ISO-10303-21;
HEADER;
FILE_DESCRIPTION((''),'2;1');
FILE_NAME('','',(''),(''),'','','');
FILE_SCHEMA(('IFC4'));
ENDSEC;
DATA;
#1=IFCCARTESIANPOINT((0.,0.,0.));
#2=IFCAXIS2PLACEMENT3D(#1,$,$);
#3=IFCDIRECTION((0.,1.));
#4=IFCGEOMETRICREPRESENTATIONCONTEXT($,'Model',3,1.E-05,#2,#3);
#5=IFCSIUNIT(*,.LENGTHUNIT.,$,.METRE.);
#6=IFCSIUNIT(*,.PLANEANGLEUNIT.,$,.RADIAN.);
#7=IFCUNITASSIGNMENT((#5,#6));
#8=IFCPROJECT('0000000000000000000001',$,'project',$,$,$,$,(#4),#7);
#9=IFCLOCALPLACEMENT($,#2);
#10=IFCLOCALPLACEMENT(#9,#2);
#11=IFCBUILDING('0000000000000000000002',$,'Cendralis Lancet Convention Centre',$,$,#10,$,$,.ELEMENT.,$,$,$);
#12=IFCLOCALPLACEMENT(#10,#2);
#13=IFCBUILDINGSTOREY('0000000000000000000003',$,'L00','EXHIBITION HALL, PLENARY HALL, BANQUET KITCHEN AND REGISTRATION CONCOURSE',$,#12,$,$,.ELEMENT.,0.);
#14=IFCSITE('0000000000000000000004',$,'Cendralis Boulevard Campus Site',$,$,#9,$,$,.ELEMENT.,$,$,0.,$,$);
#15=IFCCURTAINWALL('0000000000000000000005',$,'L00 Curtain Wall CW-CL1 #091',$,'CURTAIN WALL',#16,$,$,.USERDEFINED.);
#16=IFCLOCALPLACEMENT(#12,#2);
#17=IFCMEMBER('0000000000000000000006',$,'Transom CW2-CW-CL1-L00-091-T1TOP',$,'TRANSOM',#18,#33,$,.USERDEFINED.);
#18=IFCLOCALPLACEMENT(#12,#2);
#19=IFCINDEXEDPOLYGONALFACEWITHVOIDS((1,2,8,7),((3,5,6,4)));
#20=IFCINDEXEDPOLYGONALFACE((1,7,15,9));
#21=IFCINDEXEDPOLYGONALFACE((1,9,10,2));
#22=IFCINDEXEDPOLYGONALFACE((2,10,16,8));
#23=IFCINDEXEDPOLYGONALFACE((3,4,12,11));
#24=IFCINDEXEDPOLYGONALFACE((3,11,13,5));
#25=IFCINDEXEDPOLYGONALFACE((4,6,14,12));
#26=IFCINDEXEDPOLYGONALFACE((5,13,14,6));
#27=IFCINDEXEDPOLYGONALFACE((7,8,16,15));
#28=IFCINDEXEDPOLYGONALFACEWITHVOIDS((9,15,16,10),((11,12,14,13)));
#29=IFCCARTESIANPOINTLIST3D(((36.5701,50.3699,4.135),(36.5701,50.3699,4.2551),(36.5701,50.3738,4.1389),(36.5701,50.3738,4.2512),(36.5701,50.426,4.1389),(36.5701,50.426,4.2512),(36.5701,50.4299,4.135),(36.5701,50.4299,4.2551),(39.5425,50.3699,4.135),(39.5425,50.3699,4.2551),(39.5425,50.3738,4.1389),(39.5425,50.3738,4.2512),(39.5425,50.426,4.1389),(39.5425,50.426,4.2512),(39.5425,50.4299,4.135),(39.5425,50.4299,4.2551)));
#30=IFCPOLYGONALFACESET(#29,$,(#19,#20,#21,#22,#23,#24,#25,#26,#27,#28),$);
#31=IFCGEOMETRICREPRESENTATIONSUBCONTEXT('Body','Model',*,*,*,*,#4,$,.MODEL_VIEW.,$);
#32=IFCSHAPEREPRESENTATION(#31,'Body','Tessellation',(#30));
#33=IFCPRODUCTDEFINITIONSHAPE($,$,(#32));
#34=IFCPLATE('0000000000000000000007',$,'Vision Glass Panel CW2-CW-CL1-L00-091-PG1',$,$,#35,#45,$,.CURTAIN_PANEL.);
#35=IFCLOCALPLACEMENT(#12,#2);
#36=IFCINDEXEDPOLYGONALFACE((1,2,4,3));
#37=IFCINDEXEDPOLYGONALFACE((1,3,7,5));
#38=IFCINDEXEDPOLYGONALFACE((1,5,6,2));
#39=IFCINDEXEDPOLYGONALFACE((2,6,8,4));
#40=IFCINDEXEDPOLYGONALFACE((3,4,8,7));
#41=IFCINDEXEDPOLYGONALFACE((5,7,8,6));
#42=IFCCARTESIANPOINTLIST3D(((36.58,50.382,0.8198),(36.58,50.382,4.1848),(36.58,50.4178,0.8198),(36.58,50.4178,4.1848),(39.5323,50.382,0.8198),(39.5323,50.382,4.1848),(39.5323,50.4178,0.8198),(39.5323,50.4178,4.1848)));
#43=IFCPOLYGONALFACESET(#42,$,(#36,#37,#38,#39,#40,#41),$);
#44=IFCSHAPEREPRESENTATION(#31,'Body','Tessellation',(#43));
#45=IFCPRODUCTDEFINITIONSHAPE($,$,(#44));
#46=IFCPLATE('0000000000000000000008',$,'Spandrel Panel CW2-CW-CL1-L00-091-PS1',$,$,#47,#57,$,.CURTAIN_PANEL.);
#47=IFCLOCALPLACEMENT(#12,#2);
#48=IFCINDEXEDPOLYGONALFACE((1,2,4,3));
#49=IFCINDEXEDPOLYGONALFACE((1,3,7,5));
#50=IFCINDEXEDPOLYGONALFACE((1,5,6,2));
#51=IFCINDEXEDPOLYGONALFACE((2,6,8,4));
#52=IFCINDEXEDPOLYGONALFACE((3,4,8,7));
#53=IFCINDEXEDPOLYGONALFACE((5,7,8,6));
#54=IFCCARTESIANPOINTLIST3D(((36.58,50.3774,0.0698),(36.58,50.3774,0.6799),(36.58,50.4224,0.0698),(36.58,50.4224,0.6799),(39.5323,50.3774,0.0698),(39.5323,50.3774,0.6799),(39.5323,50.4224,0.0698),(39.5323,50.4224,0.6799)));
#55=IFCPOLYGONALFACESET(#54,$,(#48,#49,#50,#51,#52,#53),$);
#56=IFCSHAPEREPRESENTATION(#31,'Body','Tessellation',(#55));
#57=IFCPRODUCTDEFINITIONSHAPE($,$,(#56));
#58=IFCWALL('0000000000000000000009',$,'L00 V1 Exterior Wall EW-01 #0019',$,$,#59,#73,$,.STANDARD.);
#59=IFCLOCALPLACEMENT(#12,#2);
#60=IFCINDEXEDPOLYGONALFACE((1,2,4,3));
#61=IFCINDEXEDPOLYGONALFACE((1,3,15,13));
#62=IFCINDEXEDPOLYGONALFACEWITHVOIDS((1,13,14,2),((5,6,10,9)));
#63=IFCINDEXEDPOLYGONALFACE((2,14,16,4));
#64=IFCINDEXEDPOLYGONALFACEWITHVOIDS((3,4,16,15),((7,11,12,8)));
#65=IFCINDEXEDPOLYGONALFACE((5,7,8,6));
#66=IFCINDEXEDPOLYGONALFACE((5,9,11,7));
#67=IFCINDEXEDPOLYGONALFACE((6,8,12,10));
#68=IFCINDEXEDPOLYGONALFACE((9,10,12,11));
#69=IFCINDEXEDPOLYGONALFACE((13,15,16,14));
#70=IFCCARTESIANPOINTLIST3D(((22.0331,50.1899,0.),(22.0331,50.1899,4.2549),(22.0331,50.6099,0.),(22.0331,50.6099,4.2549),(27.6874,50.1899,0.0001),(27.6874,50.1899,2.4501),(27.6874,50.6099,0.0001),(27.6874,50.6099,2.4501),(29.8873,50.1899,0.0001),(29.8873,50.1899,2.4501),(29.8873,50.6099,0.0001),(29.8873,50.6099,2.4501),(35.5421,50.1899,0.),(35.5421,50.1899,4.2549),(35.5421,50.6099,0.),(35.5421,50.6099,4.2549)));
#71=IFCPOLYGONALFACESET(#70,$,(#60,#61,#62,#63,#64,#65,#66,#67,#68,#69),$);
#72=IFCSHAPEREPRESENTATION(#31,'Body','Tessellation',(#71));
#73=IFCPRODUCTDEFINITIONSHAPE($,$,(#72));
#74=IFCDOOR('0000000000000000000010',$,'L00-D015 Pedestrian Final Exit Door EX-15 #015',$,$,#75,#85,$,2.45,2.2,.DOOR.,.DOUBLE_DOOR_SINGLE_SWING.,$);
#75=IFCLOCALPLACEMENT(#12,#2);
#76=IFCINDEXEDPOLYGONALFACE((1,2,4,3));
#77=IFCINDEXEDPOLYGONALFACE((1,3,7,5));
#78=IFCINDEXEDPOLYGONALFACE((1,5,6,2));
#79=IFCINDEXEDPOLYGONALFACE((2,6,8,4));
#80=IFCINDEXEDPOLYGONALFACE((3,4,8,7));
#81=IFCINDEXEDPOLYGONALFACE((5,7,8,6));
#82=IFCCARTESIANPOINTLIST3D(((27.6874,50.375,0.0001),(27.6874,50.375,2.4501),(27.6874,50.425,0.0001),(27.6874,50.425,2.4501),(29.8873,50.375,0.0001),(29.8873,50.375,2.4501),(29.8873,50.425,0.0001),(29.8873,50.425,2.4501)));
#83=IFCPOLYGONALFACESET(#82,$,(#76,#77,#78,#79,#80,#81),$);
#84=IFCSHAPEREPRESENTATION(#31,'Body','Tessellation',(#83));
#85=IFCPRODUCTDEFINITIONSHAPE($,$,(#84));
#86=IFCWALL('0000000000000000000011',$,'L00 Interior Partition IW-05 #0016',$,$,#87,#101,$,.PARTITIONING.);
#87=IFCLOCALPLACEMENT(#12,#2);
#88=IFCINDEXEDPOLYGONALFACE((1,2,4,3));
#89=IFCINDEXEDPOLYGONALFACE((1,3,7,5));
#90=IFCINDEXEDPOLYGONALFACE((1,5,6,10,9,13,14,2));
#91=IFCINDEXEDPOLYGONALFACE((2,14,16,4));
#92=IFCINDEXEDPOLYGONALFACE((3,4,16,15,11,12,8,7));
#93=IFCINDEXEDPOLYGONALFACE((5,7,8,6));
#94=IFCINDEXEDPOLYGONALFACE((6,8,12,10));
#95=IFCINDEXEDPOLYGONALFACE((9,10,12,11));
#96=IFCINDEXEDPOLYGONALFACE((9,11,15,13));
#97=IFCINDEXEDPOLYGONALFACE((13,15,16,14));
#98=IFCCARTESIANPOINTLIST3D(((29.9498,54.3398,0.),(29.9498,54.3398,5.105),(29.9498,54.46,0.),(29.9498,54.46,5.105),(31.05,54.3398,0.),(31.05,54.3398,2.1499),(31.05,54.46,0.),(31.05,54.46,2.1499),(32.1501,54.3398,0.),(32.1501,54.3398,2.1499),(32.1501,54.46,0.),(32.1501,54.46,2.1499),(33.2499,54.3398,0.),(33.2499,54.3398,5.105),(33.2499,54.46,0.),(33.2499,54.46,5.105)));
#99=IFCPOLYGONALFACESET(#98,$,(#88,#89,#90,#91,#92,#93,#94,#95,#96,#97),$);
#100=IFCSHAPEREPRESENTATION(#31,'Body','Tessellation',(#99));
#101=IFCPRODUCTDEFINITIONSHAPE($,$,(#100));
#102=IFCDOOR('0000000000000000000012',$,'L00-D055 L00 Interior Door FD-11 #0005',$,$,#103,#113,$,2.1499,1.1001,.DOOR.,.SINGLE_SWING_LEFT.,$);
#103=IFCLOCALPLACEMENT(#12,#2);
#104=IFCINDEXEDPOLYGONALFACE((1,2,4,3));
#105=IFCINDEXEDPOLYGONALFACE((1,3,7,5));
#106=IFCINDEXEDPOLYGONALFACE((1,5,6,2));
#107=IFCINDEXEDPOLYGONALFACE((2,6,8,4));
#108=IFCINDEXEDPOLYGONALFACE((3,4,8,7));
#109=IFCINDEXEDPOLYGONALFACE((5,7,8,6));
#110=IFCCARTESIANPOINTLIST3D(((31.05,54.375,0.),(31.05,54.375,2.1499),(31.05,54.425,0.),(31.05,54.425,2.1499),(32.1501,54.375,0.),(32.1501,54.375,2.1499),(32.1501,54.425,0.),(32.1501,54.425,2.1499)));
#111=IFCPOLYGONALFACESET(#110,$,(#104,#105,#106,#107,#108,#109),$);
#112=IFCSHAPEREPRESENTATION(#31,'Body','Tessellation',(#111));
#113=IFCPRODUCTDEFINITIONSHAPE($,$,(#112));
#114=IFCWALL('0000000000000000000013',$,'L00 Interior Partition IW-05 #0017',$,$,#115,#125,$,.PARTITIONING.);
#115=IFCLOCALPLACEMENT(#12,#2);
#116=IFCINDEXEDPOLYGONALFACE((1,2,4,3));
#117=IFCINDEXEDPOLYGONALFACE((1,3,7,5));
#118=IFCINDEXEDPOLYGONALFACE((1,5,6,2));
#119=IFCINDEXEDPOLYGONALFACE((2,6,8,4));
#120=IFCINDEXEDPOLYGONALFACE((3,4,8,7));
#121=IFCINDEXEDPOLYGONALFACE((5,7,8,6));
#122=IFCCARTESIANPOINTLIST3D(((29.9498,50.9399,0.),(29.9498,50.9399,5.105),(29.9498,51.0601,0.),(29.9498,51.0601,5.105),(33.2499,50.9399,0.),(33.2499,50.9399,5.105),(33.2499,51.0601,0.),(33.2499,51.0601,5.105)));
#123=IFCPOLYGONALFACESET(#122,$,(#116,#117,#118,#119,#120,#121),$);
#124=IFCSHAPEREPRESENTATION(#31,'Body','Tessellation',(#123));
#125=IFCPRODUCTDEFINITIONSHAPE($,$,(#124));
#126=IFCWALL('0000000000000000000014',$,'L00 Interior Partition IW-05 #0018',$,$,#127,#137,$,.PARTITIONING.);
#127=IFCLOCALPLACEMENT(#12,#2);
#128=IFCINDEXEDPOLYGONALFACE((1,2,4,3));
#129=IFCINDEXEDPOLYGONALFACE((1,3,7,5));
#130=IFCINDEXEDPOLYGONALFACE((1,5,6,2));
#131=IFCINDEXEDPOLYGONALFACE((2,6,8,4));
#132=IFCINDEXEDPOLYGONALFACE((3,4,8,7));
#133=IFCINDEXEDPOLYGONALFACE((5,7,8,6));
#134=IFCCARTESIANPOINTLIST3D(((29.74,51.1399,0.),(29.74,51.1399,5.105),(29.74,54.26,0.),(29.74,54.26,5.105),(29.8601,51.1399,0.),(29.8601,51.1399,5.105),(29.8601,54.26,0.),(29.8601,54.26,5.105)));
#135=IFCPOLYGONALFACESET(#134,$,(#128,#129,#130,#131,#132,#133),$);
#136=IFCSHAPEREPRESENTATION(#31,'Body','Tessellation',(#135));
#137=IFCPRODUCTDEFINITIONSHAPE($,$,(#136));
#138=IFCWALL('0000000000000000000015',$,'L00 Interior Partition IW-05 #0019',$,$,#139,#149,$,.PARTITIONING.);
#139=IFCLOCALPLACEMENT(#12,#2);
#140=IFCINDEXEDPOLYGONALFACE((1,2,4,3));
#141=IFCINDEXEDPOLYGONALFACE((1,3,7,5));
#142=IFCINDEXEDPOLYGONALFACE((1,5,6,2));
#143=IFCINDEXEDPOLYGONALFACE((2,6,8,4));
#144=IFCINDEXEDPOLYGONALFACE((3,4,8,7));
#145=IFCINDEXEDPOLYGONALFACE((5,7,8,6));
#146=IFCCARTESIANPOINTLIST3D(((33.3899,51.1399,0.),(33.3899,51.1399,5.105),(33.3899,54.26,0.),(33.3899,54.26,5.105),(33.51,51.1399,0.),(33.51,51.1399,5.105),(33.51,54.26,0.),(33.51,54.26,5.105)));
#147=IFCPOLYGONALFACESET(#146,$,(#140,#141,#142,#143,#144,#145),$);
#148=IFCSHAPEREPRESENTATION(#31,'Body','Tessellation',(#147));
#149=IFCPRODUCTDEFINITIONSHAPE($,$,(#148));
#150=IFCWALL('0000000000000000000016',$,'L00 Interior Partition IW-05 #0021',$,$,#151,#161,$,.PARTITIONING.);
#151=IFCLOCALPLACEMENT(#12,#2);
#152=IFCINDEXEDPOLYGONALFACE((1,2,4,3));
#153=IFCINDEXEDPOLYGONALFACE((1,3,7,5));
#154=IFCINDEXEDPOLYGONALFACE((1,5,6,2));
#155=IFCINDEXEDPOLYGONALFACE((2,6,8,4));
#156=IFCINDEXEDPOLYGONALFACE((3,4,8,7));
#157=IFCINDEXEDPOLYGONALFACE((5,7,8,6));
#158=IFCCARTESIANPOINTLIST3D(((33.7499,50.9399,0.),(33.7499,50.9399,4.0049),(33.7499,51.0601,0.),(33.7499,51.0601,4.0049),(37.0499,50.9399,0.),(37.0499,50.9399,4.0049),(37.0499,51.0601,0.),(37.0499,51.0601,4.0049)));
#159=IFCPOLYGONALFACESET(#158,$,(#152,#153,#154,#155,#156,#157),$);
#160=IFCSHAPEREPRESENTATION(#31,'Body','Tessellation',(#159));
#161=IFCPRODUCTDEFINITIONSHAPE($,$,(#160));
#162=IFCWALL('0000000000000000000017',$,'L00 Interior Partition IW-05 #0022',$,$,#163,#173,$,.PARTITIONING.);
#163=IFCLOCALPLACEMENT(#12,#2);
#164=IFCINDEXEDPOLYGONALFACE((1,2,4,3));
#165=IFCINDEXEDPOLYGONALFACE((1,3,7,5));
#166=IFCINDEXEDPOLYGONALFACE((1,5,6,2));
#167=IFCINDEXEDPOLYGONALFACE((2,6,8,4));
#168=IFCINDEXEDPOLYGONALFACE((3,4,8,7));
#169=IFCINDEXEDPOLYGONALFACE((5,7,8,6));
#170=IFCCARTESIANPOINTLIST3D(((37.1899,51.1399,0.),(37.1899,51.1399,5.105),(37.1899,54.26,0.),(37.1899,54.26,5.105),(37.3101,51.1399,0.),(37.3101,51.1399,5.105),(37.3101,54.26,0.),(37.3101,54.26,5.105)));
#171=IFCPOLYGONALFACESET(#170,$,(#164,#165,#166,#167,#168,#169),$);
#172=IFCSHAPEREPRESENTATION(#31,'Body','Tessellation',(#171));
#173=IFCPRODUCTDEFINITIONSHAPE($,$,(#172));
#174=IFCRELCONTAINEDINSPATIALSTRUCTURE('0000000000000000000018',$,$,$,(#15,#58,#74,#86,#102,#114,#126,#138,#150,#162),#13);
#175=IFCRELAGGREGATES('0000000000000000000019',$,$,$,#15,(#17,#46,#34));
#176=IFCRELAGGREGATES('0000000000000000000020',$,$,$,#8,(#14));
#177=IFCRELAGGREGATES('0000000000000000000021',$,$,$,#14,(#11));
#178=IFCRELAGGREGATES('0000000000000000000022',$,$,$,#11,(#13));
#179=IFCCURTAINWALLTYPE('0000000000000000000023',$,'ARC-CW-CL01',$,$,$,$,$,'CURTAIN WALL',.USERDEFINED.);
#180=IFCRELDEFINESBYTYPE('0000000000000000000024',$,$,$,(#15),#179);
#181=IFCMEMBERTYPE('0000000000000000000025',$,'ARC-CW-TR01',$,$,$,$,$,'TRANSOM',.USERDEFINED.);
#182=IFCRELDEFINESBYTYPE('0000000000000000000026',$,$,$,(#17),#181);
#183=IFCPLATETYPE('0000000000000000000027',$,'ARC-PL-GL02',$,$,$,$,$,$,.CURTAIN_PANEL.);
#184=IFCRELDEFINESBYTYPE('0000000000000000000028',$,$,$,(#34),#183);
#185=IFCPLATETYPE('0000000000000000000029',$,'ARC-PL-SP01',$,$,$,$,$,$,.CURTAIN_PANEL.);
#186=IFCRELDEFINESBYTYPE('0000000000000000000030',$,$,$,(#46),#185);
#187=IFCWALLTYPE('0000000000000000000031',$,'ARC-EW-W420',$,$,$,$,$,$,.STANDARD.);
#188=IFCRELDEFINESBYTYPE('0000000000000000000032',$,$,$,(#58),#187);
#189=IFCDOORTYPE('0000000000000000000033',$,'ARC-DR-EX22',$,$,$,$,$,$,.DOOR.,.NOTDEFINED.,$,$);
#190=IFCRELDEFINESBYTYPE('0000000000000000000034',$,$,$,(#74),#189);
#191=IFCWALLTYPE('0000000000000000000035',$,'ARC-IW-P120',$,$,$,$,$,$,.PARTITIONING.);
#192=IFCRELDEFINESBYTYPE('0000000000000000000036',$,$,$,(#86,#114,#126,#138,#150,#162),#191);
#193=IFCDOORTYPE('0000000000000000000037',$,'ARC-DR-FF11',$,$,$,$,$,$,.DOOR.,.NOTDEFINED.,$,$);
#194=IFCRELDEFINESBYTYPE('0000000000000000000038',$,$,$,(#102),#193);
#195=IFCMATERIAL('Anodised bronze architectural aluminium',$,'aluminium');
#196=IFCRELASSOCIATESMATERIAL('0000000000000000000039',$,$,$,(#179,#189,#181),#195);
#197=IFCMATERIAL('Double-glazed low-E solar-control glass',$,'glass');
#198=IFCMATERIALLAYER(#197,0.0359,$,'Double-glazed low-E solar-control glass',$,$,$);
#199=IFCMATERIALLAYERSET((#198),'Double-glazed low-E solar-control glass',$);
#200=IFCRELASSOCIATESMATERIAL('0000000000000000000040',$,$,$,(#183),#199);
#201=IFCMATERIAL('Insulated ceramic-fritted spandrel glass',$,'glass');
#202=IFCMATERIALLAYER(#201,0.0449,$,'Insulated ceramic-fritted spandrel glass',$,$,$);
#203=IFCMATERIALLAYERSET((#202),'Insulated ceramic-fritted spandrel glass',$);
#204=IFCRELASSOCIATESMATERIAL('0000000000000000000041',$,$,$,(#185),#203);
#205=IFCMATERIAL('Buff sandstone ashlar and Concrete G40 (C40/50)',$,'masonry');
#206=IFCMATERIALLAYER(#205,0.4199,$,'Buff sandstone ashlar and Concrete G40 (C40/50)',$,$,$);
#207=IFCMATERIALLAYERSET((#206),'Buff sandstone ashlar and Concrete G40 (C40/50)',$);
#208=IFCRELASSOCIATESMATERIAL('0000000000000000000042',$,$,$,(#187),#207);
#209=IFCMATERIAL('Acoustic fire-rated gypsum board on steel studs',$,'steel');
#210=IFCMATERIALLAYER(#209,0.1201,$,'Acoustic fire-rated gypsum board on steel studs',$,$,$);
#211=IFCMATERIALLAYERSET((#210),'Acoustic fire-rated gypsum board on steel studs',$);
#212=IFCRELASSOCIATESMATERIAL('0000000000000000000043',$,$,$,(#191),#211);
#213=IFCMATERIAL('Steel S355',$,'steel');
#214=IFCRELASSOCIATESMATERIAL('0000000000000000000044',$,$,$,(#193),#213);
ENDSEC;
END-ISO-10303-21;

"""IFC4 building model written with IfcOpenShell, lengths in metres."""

from ifc_helpers import new_model, si_unit, direction, frame, frame_2d, origin, origin_2d, place, context, subcontext, project, spatial, rectangle, hollow_rectangle, extrude, material, layer, layer_set, material_profile, profile_set, type_object, element, fill, aggregate, save


model = new_model("IFC4")

# Units and contexts
model_context = context("Model", 3, precision=1e-05, world=origin(), true_north=direction((0.0, 1.0)))
body_context = subcontext(model_context, "Body", "Model", "MODEL_VIEW")
ifc_project = project(units=[si_unit("LENGTHUNIT", "METRE"), si_unit("PLANEANGLEUNIT", "RADIAN")], contexts=[model_context])

# Site, building, storey
site_placement = place(None, origin())
site = spatial("IfcSite", under=ifc_project, at=site_placement, Name="Cendralis Boulevard Campus Site", CompositionType="ELEMENT", RefElevation=0.0)
building_placement = place(site_placement, origin())
building = spatial("IfcBuilding", under=site, at=building_placement, Name="Cendralis Lancet Convention Centre", CompositionType="ELEMENT")
storey_placement = place(building_placement, origin())
storey = spatial("IfcBuildingStorey", under=building, at=storey_placement, Name="L00", Description="EXHIBITION HALL, PLENARY HALL, BANQUET KITCHEN AND REGISTRATION CONCOURSE", CompositionType="ELEMENT", Elevation=0.0)

# Curtain wall, member, plates
ifc_material_1 = material(Name="Anodised bronze architectural aluminium", Category="aluminium")
curtain_wall_type = type_object("IfcCurtainWallType", Name="ARC-CW-CL01", ElementType="CURTAIN WALL", PredefinedType="USERDEFINED", material=ifc_material_1)
curtain_wall_placement = place(storey_placement, origin())
curtain_wall = element("IfcCurtainWall", 1, at=curtain_wall_placement, inside=storey, type_object=curtain_wall_type, Name="L00 Curtain Wall CW-CL1 #091", ObjectType="CURTAIN WALL", PredefinedType="USERDEFINED")
ifc_material_profile_1 = material_profile(ifc_material_1, hollow_rectangle(XDim=0.0601, YDim=0.1201, WallThickness=0.0039, at=origin_2d()), Name="AL-TRAN 60x120x4.0")
ifc_profile_set_1 = profile_set([ifc_material_profile_1], Name="Anodised bronze architectural aluminium")
member_type_1 = type_object("IfcMemberType", Name="ARC-CW-TR01", ElementType="TRANSOM", PredefinedType="USERDEFINED", material=ifc_profile_set_1)
member_1_placement = place(storey_placement, frame((39.5425, 50.3999, 4.1951), z_axis=(-1.0, 0.0, 0.0), x_axis=(0.0, -1.0, 0.0)))
member_1 = element("IfcMember", 2, at=member_1_placement, type_object=member_type_1, Name="Transom CW2-CW-CL1-L00-091-T1TOP", ObjectType="TRANSOM", PredefinedType="USERDEFINED", context=body_context, shape_type="SweptSolid", body=[
    extrude(hollow_rectangle(XDim=0.0601, YDim=0.1201, WallThickness=0.0039, at=origin_2d()), origin(), (0.0, 0.0, 1.0), 2.9724),
])
ifc_material_2 = material(Name="Double-glazed low-E solar-control glass", Category="glass")
ifc_layer_1 = layer(ifc_material_2, 0.0359, Name="Double-glazed low-E solar-control glass")
ifc_layer_set_1 = layer_set([ifc_layer_1], Name="Double-glazed low-E solar-control glass")
plate_type_1 = type_object("IfcPlateType", Name="ARC-PL-GL02", PredefinedType="CURTAIN_PANEL", material=ifc_layer_set_1)
plate_1_placement = place(storey_placement, frame((38.0562, 50.3999, 0.8198), z_axis=(0.0, 0.0, 1.0), x_axis=(-1.0, 0.0, 0.0)))
plate_1 = element("IfcPlate", 3, at=plate_1_placement, type_object=plate_type_1, Name="Vision Glass Panel CW2-CW-CL1-L00-091-PG1", PredefinedType="CURTAIN_PANEL", context=body_context, shape_type="SweptSolid", body=[
    extrude(rectangle(XDim=2.9524, YDim=0.0359, at=origin_2d()), origin(), (0.0, 0.0, 1.0), 3.365),
])
ifc_material_3 = material(Name="Insulated ceramic-fritted spandrel glass", Category="glass")
ifc_layer_2 = layer(ifc_material_3, 0.0449, Name="Insulated ceramic-fritted spandrel glass")
ifc_layer_set_2 = layer_set([ifc_layer_2], Name="Insulated ceramic-fritted spandrel glass")
plate_type_2 = type_object("IfcPlateType", Name="ARC-PL-SP01", PredefinedType="CURTAIN_PANEL", material=ifc_layer_set_2)
plate_2_placement = place(storey_placement, frame((38.0562, 50.3999, 0.0698), z_axis=(0.0, 0.0, 1.0), x_axis=(-1.0, 0.0, 0.0)))
plate_2 = element("IfcPlate", 4, at=plate_2_placement, type_object=plate_type_2, Name="Spandrel Panel CW2-CW-CL1-L00-091-PS1", PredefinedType="CURTAIN_PANEL", context=body_context, shape_type="SweptSolid", body=[
    extrude(rectangle(XDim=2.9524, YDim=0.0449, at=origin_2d()), origin(), (0.0, 0.0, 1.0), 0.6101),
])
aggregate(curtain_wall, [member_1, plate_2, plate_1])

# Walls, openings, doors
ifc_material_4 = material(Name="Buff sandstone ashlar and Concrete G40 (C40/50)", Category="masonry")
ifc_layer_3 = layer(ifc_material_4, 0.4199, Name="Buff sandstone ashlar and Concrete G40 (C40/50)")
ifc_layer_set_3 = layer_set([ifc_layer_3], Name="Buff sandstone ashlar and Concrete G40 (C40/50)")
wall_type_1 = type_object("IfcWallType", Name="ARC-EW-W420", PredefinedType="STANDARD", material=ifc_layer_set_3)
wall_1_placement = place(storey_placement, frame((35.542, 50.3999, 0.0), z_axis=(0.0, 0.0, 1.0), x_axis=(-1.0, 0.0, 0.0)))
wall_1 = element("IfcWall", 5, at=wall_1_placement, inside=storey, type_object=wall_type_1, Name="L00 V1 Exterior Wall EW-01 #0019", PredefinedType="STANDARD", context=body_context, shape_type="SweptSolid", body=[
    extrude(rectangle(XDim=13.509, YDim=0.4199, at=frame_2d((6.7544, 0.0))), origin(), (0.0, 0.0, 1.0), 4.2549),
])
opening_1_placement = place(wall_1_placement, frame((5.6545, 0.0, 0.0)))
opening_1 = element("IfcOpeningElement", 6, at=opening_1_placement, cuts=wall_1, PredefinedType="OPENING", context=body_context, shape_type="SweptSolid", body=[
    extrude(rectangle(XDim=2.2, YDim=2.45, at=frame_2d((1.1001, 1.2251))), frame((0.0, 0.22, 0.0), z_axis=(0.0, -1.0, 0.0), x_axis=(1.0, 0.0, 0.0)), (0.0, 0.0, 1.0), 0.4399),
])
door_type_1 = type_object("IfcDoorType", Name="ARC-DR-EX22", OperationType="NOTDEFINED", PredefinedType="DOOR", material=ifc_material_1)
door_1_placement = place(opening_1_placement, origin())
door_1 = element("IfcDoor", 7, at=door_1_placement, inside=storey, type_object=door_type_1, Name="L00-D015 Pedestrian Final Exit Door EX-15 #015", OperationType="DOUBLE_DOOR_SINGLE_SWING", OverallHeight=2.45, OverallWidth=2.2, PredefinedType="DOOR", context=body_context, shape_type="SweptSolid", body=[
    extrude(rectangle(XDim=2.2, YDim=2.45, at=frame_2d((1.1001, 1.2251))), frame((0.0, 0.0249, 0.0), z_axis=(0.0, -1.0, 0.0), x_axis=(1.0, 0.0, 0.0)), (0.0, 0.0, 1.0), 0.05),
])
fill(opening_1, door_1)
ifc_material_5 = material(Name="Acoustic fire-rated gypsum board on steel studs", Category="steel")
ifc_layer_4 = layer(ifc_material_5, 0.1201, Name="Acoustic fire-rated gypsum board on steel studs")
ifc_layer_set_4 = layer_set([ifc_layer_4], Name="Acoustic fire-rated gypsum board on steel studs")
wall_type_2 = type_object("IfcWallType", Name="ARC-IW-P120", PredefinedType="PARTITIONING", material=ifc_layer_set_4)
wall_2_placement = place(storey_placement, frame((29.95, 54.3999, 0.0), z_axis=(0.0, 0.0, 1.0), x_axis=(1.0, 0.0, 0.0)))
wall_2 = element("IfcWall", 8, at=wall_2_placement, inside=storey, type_object=wall_type_2, Name="L00 Interior Partition IW-05 #0016", PredefinedType="PARTITIONING", context=body_context, shape_type="SweptSolid", body=[
    extrude(rectangle(XDim=3.3, YDim=0.1201, at=frame_2d((1.6499, 0.0))), origin(), (0.0, 0.0, 1.0), 5.105),
])
opening_2_placement = place(wall_2_placement, frame((1.1001, 0.0, 0.0)))
opening_2 = element("IfcOpeningElement", 9, at=opening_2_placement, cuts=wall_2, PredefinedType="OPENING", context=body_context, shape_type="SweptSolid", body=[
    extrude(rectangle(XDim=1.1001, YDim=2.1499, at=frame_2d((0.55, 1.075))), frame((0.0, 0.0701, 0.0), z_axis=(0.0, -1.0, 0.0), x_axis=(1.0, 0.0, 0.0)), (0.0, 0.0, 1.0), 0.1401),
])
ifc_material_6 = material(Name="Steel S355", Category="steel")
door_type_2 = type_object("IfcDoorType", Name="ARC-DR-FF11", OperationType="NOTDEFINED", PredefinedType="DOOR", material=ifc_material_6)
door_2_placement = place(opening_2_placement, frame((1.1001, 0.0, 0.0), z_axis=(0.0, 0.0, 1.0), x_axis=(-1.0, 0.0, 0.0)))
door_2 = element("IfcDoor", 10, at=door_2_placement, inside=storey, type_object=door_type_2, Name="L00-D055 L00 Interior Door FD-11 #0005", OperationType="SINGLE_SWING_LEFT", OverallHeight=2.1499, OverallWidth=1.1001, PredefinedType="DOOR", context=body_context, shape_type="SweptSolid", body=[
    extrude(rectangle(XDim=1.1001, YDim=2.1499, at=frame_2d((0.55, 1.075))), frame((0.0, 0.0249, 0.0), z_axis=(0.0, -1.0, 0.0), x_axis=(1.0, 0.0, 0.0)), (0.0, 0.0, 1.0), 0.05),
])
fill(opening_2, door_2)

# Walls
wall_3_placement = place(storey_placement, frame((29.95, 51.0, 0.0), z_axis=(0.0, 0.0, 1.0), x_axis=(1.0, 0.0, 0.0)))
element("IfcWall", 11, at=wall_3_placement, inside=storey, type_object=wall_type_2, Name="L00 Interior Partition IW-05 #0017", PredefinedType="PARTITIONING", context=body_context, shape_type="SweptSolid", body=[
    extrude(rectangle(XDim=3.3, YDim=0.1201, at=frame_2d((1.6499, 0.0))), origin(), (0.0, 0.0, 1.0), 5.105),
])
for number, where, z_axis, x_axis, name in (
    (12, (29.8, 51.1399, 0.0), (0.0, 0.0, 1.0), (0.0, 1.0, 0.0), "L00 Interior Partition IW-05 #0018"),
    (13, (33.45, 51.1399, 0.0), (0.0, 0.0, 1.0), (0.0, 1.0, 0.0), "L00 Interior Partition IW-05 #0019"),
):
    element("IfcWall", number, at=place(storey_placement, frame(where, z_axis=z_axis, x_axis=x_axis)), inside=storey, type_object=wall_type_2, Name=name, PredefinedType="PARTITIONING", context=body_context, shape_type="SweptSolid", body=[
        extrude(rectangle(XDim=3.1201, YDim=0.1201, at=frame_2d((1.5601, 0.0))), origin(), (0.0, 0.0, 1.0), 5.105),
    ])

# Walls
wall_4_placement = place(storey_placement, frame((33.75, 51.0, 0.0), z_axis=(0.0, 0.0, 1.0), x_axis=(1.0, 0.0, 0.0)))
element("IfcWall", 14, at=wall_4_placement, inside=storey, type_object=wall_type_2, Name="L00 Interior Partition IW-05 #0021", PredefinedType="PARTITIONING", context=body_context, shape_type="SweptSolid", body=[
    extrude(rectangle(XDim=3.3, YDim=0.1201, at=frame_2d((1.6499, 0.0))), origin(), (0.0, 0.0, 1.0), 4.0049),
])
wall_5_placement = place(storey_placement, frame((37.25, 51.1399, 0.0), z_axis=(0.0, 0.0, 1.0), x_axis=(0.0, 1.0, 0.0)))
element("IfcWall", 15, at=wall_5_placement, inside=storey, type_object=wall_type_2, Name="L00 Interior Partition IW-05 #0022", PredefinedType="PARTITIONING", context=body_context, shape_type="SweptSolid", body=[
    extrude(rectangle(XDim=3.1201, YDim=0.1201, at=frame_2d((1.5601, 0.0))), origin(), (0.0, 0.0, 1.0), 5.105),
])

save(model, "model.ifc")
